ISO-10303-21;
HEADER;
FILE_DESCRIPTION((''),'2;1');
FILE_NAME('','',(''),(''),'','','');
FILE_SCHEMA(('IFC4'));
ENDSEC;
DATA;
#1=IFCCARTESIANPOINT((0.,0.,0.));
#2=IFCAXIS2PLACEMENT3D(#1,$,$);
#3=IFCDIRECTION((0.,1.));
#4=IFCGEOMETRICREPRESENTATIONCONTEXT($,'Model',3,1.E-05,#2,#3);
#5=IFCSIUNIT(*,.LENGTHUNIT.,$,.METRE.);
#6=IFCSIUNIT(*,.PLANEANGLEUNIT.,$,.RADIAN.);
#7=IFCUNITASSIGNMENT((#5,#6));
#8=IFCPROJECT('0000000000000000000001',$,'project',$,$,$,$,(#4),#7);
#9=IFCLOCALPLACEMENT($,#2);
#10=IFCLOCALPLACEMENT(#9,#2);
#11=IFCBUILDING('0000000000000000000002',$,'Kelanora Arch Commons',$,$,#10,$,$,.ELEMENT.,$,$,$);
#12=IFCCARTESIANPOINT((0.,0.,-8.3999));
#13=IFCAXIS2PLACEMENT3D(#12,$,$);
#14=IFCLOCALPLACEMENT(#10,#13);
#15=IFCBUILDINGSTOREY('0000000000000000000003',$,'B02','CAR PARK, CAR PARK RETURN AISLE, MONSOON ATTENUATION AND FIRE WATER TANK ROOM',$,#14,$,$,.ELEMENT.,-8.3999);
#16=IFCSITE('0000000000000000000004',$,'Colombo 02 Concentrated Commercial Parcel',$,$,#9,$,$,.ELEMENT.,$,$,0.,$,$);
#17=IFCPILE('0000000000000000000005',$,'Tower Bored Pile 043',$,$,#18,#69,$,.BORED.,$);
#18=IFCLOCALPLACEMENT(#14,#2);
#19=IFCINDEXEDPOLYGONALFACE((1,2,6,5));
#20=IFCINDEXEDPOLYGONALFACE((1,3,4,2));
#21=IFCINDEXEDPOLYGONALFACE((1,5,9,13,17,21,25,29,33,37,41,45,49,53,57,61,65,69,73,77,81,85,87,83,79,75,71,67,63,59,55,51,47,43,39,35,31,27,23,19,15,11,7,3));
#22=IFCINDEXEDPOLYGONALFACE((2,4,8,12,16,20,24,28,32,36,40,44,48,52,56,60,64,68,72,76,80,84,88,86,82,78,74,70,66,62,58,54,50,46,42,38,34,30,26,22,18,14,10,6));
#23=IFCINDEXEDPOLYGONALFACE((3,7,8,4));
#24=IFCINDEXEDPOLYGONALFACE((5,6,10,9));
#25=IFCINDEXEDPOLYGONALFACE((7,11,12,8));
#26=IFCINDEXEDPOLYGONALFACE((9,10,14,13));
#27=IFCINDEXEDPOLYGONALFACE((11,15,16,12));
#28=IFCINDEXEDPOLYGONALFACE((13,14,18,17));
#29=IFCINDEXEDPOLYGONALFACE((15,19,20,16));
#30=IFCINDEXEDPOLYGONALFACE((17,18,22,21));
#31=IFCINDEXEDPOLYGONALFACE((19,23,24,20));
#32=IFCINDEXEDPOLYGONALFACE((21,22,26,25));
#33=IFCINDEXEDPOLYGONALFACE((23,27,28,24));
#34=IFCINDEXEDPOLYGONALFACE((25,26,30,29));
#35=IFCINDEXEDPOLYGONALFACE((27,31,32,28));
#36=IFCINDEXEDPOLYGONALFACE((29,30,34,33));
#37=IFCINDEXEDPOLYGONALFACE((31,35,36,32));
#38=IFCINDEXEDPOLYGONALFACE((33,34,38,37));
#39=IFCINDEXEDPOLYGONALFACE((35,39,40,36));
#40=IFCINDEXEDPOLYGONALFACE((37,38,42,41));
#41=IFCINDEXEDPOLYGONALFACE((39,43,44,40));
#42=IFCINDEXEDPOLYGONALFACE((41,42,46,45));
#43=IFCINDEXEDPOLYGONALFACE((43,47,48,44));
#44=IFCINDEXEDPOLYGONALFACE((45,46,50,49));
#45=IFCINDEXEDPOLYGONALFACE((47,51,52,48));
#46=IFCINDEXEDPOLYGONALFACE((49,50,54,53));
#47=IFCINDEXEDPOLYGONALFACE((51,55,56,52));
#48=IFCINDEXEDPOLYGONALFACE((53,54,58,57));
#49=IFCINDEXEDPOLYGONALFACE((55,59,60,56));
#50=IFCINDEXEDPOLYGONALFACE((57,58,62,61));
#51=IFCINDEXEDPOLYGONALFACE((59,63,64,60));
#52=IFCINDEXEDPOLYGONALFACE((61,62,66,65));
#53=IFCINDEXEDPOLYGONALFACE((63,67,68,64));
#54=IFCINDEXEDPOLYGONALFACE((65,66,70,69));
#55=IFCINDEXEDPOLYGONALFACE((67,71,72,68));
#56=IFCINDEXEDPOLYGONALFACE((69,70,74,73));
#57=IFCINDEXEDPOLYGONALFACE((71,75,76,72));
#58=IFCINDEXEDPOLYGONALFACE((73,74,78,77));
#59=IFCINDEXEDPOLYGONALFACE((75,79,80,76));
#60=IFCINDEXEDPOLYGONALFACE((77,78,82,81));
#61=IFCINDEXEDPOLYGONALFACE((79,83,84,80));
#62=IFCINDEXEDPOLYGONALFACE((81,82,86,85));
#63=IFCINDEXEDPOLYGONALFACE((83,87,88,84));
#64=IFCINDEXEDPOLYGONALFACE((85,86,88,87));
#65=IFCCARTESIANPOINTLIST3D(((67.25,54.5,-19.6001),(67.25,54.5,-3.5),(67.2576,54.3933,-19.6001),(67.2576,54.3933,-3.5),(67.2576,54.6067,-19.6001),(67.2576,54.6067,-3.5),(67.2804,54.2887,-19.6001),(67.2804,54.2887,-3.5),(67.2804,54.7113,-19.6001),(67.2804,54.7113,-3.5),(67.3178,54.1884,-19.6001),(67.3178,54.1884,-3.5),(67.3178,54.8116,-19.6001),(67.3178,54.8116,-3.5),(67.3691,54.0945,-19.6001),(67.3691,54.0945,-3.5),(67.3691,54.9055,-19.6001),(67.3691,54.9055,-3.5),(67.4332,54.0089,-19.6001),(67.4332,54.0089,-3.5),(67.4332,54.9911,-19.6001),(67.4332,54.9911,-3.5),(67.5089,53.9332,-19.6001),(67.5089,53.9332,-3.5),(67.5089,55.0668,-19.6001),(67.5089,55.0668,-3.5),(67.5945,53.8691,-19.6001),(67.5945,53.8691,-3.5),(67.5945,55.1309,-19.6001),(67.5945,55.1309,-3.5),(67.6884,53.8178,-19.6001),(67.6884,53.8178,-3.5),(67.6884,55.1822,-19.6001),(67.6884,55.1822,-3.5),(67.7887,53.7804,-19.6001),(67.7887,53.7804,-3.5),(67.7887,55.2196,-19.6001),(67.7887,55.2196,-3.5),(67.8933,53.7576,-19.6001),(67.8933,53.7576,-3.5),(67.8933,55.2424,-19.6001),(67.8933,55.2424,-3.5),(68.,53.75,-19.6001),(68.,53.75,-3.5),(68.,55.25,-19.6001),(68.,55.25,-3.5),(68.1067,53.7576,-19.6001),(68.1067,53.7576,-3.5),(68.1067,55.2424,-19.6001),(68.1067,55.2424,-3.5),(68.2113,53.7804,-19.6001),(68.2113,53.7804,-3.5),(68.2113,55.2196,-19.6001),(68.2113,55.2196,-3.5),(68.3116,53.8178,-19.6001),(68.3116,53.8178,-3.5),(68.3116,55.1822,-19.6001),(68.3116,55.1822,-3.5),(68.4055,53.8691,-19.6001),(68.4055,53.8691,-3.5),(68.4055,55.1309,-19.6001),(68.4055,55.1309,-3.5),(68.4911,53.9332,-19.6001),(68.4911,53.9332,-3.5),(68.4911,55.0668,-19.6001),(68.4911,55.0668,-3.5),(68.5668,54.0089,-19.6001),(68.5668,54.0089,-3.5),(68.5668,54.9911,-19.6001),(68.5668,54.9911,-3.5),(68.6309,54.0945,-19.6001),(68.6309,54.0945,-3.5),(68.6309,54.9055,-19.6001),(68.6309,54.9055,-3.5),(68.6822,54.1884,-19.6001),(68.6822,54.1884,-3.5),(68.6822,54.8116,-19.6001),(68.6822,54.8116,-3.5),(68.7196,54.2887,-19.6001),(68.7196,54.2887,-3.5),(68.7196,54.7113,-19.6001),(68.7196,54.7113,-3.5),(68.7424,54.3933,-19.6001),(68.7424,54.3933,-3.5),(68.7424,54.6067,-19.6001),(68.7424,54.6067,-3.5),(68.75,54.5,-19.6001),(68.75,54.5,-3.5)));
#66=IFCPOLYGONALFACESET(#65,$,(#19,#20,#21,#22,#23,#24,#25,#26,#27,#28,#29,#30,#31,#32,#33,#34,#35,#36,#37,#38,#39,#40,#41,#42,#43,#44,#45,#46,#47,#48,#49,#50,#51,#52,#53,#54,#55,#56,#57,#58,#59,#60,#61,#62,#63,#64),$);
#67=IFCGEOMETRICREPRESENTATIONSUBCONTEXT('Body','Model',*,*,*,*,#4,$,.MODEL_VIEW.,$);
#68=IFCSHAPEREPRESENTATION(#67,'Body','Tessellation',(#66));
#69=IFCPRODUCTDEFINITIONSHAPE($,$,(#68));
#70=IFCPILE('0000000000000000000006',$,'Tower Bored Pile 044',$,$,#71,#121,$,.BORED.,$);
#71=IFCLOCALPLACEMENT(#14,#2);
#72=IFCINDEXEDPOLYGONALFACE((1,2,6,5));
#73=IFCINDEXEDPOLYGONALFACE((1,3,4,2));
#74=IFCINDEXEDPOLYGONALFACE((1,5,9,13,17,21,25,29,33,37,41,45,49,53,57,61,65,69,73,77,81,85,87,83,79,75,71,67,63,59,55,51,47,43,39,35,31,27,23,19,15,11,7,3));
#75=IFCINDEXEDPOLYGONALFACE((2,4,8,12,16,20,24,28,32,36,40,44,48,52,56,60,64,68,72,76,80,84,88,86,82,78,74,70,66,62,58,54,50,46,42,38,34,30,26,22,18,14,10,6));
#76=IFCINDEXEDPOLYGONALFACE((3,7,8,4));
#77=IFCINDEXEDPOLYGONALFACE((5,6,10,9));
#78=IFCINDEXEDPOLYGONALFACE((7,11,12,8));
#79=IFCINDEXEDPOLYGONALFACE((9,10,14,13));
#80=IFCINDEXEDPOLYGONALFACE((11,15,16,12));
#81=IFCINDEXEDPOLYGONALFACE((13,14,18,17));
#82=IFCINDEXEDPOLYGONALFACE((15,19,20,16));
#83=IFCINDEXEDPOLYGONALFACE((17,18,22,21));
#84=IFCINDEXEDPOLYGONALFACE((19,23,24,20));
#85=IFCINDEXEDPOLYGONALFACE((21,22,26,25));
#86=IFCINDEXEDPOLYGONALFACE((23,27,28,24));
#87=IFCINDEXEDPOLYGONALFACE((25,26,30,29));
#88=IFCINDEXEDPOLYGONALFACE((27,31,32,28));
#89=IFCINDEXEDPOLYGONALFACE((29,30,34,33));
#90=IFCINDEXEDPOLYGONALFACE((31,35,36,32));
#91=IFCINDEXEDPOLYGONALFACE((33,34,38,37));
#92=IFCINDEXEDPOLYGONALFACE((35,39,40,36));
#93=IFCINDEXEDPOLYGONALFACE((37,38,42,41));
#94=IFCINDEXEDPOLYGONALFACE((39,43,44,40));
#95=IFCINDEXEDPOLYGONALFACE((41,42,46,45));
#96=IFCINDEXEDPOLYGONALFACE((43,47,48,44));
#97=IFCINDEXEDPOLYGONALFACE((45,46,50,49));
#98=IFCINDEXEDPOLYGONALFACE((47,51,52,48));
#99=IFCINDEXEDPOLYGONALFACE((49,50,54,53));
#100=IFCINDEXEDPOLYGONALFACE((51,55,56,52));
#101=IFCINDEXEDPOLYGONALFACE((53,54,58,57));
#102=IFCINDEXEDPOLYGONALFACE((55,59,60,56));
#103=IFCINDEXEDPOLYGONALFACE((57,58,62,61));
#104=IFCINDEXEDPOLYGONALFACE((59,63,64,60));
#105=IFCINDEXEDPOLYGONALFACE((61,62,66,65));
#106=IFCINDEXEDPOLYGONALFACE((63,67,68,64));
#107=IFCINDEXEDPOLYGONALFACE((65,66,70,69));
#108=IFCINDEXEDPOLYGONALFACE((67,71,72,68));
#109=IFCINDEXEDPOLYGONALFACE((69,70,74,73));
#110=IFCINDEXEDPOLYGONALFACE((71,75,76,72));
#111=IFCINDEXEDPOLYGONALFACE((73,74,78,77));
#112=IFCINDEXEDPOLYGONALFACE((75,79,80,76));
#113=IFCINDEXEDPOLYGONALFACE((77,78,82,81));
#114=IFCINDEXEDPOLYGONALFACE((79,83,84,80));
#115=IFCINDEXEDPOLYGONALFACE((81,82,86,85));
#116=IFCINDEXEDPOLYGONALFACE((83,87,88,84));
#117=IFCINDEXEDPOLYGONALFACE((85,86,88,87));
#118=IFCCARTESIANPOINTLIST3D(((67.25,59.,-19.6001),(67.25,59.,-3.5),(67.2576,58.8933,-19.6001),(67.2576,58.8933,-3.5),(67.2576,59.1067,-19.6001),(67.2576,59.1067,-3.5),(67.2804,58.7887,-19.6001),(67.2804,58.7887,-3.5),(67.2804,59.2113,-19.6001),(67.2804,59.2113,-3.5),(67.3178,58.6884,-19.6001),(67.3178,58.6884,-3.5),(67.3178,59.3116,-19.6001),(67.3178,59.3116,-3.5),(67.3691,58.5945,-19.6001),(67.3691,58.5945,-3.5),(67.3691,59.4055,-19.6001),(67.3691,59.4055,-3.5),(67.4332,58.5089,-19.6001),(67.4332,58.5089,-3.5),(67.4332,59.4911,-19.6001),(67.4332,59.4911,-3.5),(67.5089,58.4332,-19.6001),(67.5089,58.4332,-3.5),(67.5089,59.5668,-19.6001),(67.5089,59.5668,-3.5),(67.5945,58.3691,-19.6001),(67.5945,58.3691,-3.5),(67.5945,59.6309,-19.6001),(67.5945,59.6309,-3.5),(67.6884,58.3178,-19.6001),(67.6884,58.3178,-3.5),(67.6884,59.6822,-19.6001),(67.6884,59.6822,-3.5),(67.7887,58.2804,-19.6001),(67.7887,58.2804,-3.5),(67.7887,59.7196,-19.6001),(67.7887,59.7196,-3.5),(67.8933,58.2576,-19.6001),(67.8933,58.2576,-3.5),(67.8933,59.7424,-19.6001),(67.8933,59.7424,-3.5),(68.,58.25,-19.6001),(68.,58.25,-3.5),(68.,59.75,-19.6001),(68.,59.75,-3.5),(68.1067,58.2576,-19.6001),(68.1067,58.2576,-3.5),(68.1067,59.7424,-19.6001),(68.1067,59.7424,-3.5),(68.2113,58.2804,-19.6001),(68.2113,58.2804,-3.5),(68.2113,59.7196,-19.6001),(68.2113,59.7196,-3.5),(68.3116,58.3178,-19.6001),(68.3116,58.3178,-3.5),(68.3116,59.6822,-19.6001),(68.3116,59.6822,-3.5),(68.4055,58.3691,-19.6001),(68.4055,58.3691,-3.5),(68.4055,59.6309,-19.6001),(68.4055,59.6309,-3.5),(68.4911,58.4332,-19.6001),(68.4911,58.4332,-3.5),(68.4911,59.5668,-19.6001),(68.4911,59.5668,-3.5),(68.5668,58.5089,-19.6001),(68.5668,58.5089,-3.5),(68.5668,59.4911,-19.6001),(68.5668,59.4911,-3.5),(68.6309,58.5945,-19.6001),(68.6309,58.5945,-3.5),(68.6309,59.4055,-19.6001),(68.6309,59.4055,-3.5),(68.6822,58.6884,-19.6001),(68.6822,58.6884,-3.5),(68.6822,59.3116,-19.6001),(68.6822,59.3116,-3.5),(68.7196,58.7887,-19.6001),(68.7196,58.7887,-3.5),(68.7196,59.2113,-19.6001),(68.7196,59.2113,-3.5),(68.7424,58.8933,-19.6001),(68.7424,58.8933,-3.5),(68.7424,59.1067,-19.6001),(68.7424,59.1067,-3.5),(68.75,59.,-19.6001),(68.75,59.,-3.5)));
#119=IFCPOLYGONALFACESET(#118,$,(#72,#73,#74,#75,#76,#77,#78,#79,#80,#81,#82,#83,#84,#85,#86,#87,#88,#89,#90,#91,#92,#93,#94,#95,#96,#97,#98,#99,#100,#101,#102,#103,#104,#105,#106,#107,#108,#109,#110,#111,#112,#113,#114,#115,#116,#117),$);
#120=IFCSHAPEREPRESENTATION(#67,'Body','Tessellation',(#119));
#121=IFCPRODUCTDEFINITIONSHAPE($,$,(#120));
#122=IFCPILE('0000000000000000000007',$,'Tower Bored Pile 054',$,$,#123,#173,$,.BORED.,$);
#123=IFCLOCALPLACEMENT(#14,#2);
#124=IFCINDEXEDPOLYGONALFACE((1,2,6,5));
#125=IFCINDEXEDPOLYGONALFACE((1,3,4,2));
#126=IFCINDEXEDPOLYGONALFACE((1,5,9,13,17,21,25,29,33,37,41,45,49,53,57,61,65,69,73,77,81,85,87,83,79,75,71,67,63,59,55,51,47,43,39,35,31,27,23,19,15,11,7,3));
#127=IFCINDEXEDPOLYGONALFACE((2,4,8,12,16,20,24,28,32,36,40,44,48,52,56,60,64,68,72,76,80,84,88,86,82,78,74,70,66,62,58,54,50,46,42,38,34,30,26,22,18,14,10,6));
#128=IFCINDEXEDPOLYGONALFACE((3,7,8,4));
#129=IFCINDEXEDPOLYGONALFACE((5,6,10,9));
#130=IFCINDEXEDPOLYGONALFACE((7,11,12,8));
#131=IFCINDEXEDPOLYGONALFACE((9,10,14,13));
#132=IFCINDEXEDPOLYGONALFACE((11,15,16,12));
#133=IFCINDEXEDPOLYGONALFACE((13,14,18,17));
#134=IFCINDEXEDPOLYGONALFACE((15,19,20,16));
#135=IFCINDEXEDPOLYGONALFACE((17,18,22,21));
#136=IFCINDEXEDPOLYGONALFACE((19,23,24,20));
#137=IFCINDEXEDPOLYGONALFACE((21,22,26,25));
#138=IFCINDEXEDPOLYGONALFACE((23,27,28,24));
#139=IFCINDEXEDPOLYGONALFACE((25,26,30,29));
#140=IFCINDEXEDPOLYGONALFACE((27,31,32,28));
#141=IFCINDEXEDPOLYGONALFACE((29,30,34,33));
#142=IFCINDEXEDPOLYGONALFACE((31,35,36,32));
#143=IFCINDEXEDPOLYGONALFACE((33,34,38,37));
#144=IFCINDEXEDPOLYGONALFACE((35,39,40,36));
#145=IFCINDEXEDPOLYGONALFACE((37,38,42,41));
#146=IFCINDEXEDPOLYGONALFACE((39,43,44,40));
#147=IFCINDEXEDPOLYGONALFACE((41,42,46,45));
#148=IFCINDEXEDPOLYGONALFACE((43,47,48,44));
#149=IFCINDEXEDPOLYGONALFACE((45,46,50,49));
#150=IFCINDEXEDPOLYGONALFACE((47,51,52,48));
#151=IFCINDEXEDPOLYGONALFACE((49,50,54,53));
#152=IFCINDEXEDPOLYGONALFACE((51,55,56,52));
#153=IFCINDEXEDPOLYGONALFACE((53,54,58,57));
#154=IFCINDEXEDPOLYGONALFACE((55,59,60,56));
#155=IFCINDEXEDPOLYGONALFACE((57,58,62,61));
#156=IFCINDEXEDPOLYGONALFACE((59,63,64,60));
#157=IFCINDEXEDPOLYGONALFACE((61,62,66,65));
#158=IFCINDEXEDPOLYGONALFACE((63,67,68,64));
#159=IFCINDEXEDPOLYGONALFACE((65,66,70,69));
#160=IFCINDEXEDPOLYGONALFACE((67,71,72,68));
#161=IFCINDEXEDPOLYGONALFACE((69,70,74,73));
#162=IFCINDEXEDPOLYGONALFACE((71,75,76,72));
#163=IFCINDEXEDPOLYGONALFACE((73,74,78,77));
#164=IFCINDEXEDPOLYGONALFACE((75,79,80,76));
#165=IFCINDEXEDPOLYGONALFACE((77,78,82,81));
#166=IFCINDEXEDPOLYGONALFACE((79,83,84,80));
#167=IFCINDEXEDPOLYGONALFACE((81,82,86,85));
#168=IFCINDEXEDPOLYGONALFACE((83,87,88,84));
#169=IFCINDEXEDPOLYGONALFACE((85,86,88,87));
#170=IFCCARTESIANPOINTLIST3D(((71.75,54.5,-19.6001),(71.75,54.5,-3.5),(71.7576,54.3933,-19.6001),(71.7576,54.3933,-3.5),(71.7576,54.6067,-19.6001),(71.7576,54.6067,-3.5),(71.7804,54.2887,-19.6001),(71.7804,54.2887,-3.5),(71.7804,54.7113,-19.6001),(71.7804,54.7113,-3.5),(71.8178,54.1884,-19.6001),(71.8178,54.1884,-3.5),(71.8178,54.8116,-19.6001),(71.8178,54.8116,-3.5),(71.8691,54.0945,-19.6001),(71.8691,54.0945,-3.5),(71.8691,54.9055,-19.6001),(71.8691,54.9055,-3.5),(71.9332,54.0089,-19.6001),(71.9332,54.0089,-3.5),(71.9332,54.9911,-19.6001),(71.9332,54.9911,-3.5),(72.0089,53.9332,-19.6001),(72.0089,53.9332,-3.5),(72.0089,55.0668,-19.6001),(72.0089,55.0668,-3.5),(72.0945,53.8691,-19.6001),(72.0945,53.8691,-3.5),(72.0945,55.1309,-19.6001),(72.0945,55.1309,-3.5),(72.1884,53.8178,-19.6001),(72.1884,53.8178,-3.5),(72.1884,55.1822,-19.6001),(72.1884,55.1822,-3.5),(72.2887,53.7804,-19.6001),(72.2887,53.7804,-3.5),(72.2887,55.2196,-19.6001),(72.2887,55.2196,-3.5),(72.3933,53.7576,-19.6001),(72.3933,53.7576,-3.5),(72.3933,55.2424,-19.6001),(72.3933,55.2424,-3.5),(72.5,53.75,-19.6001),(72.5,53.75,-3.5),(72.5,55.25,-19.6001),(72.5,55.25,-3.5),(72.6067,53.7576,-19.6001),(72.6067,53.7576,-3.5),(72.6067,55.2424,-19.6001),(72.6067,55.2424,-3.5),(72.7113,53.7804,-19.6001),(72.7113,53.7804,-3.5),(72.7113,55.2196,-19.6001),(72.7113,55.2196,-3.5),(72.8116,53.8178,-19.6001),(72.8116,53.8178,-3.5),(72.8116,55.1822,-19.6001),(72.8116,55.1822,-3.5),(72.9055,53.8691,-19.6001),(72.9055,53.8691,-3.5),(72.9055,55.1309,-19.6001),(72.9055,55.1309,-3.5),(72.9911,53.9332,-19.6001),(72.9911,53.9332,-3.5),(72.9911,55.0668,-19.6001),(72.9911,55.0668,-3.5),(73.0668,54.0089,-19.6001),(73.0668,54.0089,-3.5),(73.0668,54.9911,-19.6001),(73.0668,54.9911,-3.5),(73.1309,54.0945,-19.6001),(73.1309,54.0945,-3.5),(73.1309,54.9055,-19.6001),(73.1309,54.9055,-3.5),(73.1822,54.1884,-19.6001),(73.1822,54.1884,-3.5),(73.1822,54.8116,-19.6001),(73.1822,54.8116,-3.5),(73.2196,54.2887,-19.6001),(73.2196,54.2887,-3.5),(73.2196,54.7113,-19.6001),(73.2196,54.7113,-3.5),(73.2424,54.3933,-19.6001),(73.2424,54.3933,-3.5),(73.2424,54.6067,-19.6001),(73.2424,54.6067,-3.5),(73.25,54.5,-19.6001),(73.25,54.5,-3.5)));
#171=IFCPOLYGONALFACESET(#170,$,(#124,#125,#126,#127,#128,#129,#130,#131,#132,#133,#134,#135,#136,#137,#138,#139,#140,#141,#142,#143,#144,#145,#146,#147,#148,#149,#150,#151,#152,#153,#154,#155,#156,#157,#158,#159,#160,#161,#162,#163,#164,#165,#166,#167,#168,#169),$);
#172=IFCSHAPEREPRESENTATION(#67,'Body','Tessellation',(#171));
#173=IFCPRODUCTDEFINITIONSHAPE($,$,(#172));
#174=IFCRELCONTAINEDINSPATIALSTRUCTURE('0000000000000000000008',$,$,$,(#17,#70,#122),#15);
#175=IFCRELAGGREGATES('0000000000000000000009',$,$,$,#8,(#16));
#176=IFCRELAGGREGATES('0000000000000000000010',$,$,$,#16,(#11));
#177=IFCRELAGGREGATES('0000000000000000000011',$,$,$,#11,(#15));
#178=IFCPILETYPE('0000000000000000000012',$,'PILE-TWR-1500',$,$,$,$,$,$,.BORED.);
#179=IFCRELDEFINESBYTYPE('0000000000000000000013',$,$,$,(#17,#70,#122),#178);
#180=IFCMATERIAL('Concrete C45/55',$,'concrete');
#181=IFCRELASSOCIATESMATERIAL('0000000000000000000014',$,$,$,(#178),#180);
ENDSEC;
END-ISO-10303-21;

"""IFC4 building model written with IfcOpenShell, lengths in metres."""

from ifc_helpers import new_model, si_unit, direction, frame, origin, origin_2d, place, context, subcontext, project, spatial, circle, extrude, source, transform, mapped, material, material_profile, profile_set, type_object, element, save


model = new_model("IFC4")

# Units and contexts
model_context = context("Model", 3, precision=1e-05, world=origin(), true_north=direction((0.0, 1.0)))
body_context = subcontext(model_context, "Body", "Model", "MODEL_VIEW")
ifc_project = project(units=[si_unit("LENGTHUNIT", "METRE"), si_unit("PLANEANGLEUNIT", "RADIAN")], contexts=[model_context])

# Site, building, storey
site_placement = place(None, origin())
site = spatial("IfcSite", under=ifc_project, at=site_placement, Name="Colombo 02 Concentrated Commercial Parcel", CompositionType="ELEMENT", RefElevation=0.0)
building_placement = place(site_placement, origin())
building = spatial("IfcBuilding", under=site, at=building_placement, Name="Kelanora Arch Commons", CompositionType="ELEMENT")
storey_placement = place(building_placement, frame((0.0, 0.0, -8.3999)))
storey = spatial("IfcBuildingStorey", under=building, at=storey_placement, Name="B02", Description="CAR PARK, CAR PARK RETURN AISLE, MONSOON ATTENUATION AND FIRE WATER TANK ROOM", CompositionType="ELEMENT", Elevation=-8.3999)

# Piles
ifc_material_1 = material(Name="Concrete C45/55", Category="concrete")
ifc_material_profile_1 = material_profile(ifc_material_1, circle(Radius=0.75, at=origin_2d()), Name="PILE1500")
ifc_profile_set_1 = profile_set([ifc_material_profile_1], Name="Concrete C45/55")
pile_type = type_object("IfcPileType", Name="PILE-TWR-1500", PredefinedType="BORED", material=ifc_profile_set_1)
shared_shape_1 = source(origin(), body_context, "Body", "SweptSolid", [
    extrude(circle(Radius=0.75, at=origin_2d()), origin(), (0.0, 0.0, 1.0), 16.1001),
])
for number, where, z_axis, x_axis, name in (
    (1, (68.0, 54.5, -3.5), (0.0, 0.0, -1.0), (1.0, 0.0, 0.0), "Tower Bored Pile 043"),
    (2, (68.0, 59.0, -3.5), (0.0, 0.0, -1.0), (1.0, 0.0, 0.0), "Tower Bored Pile 044"),
    (3, (72.5, 54.5, -3.5), (0.0, 0.0, -1.0), (1.0, 0.0, 0.0), "Tower Bored Pile 054"),
):
    element("IfcPile", number, at=place(storey_placement, frame(where, z_axis=z_axis, x_axis=x_axis)), inside=storey, type_object=pile_type, Name=name, PredefinedType="BORED", context=body_context, shape_type="MappedRepresentation", body=[
        mapped(shared_shape_1, transform((0.0, 0.0, 0.0), scale=1.0)),
    ])

save(model, "model.ifc")
